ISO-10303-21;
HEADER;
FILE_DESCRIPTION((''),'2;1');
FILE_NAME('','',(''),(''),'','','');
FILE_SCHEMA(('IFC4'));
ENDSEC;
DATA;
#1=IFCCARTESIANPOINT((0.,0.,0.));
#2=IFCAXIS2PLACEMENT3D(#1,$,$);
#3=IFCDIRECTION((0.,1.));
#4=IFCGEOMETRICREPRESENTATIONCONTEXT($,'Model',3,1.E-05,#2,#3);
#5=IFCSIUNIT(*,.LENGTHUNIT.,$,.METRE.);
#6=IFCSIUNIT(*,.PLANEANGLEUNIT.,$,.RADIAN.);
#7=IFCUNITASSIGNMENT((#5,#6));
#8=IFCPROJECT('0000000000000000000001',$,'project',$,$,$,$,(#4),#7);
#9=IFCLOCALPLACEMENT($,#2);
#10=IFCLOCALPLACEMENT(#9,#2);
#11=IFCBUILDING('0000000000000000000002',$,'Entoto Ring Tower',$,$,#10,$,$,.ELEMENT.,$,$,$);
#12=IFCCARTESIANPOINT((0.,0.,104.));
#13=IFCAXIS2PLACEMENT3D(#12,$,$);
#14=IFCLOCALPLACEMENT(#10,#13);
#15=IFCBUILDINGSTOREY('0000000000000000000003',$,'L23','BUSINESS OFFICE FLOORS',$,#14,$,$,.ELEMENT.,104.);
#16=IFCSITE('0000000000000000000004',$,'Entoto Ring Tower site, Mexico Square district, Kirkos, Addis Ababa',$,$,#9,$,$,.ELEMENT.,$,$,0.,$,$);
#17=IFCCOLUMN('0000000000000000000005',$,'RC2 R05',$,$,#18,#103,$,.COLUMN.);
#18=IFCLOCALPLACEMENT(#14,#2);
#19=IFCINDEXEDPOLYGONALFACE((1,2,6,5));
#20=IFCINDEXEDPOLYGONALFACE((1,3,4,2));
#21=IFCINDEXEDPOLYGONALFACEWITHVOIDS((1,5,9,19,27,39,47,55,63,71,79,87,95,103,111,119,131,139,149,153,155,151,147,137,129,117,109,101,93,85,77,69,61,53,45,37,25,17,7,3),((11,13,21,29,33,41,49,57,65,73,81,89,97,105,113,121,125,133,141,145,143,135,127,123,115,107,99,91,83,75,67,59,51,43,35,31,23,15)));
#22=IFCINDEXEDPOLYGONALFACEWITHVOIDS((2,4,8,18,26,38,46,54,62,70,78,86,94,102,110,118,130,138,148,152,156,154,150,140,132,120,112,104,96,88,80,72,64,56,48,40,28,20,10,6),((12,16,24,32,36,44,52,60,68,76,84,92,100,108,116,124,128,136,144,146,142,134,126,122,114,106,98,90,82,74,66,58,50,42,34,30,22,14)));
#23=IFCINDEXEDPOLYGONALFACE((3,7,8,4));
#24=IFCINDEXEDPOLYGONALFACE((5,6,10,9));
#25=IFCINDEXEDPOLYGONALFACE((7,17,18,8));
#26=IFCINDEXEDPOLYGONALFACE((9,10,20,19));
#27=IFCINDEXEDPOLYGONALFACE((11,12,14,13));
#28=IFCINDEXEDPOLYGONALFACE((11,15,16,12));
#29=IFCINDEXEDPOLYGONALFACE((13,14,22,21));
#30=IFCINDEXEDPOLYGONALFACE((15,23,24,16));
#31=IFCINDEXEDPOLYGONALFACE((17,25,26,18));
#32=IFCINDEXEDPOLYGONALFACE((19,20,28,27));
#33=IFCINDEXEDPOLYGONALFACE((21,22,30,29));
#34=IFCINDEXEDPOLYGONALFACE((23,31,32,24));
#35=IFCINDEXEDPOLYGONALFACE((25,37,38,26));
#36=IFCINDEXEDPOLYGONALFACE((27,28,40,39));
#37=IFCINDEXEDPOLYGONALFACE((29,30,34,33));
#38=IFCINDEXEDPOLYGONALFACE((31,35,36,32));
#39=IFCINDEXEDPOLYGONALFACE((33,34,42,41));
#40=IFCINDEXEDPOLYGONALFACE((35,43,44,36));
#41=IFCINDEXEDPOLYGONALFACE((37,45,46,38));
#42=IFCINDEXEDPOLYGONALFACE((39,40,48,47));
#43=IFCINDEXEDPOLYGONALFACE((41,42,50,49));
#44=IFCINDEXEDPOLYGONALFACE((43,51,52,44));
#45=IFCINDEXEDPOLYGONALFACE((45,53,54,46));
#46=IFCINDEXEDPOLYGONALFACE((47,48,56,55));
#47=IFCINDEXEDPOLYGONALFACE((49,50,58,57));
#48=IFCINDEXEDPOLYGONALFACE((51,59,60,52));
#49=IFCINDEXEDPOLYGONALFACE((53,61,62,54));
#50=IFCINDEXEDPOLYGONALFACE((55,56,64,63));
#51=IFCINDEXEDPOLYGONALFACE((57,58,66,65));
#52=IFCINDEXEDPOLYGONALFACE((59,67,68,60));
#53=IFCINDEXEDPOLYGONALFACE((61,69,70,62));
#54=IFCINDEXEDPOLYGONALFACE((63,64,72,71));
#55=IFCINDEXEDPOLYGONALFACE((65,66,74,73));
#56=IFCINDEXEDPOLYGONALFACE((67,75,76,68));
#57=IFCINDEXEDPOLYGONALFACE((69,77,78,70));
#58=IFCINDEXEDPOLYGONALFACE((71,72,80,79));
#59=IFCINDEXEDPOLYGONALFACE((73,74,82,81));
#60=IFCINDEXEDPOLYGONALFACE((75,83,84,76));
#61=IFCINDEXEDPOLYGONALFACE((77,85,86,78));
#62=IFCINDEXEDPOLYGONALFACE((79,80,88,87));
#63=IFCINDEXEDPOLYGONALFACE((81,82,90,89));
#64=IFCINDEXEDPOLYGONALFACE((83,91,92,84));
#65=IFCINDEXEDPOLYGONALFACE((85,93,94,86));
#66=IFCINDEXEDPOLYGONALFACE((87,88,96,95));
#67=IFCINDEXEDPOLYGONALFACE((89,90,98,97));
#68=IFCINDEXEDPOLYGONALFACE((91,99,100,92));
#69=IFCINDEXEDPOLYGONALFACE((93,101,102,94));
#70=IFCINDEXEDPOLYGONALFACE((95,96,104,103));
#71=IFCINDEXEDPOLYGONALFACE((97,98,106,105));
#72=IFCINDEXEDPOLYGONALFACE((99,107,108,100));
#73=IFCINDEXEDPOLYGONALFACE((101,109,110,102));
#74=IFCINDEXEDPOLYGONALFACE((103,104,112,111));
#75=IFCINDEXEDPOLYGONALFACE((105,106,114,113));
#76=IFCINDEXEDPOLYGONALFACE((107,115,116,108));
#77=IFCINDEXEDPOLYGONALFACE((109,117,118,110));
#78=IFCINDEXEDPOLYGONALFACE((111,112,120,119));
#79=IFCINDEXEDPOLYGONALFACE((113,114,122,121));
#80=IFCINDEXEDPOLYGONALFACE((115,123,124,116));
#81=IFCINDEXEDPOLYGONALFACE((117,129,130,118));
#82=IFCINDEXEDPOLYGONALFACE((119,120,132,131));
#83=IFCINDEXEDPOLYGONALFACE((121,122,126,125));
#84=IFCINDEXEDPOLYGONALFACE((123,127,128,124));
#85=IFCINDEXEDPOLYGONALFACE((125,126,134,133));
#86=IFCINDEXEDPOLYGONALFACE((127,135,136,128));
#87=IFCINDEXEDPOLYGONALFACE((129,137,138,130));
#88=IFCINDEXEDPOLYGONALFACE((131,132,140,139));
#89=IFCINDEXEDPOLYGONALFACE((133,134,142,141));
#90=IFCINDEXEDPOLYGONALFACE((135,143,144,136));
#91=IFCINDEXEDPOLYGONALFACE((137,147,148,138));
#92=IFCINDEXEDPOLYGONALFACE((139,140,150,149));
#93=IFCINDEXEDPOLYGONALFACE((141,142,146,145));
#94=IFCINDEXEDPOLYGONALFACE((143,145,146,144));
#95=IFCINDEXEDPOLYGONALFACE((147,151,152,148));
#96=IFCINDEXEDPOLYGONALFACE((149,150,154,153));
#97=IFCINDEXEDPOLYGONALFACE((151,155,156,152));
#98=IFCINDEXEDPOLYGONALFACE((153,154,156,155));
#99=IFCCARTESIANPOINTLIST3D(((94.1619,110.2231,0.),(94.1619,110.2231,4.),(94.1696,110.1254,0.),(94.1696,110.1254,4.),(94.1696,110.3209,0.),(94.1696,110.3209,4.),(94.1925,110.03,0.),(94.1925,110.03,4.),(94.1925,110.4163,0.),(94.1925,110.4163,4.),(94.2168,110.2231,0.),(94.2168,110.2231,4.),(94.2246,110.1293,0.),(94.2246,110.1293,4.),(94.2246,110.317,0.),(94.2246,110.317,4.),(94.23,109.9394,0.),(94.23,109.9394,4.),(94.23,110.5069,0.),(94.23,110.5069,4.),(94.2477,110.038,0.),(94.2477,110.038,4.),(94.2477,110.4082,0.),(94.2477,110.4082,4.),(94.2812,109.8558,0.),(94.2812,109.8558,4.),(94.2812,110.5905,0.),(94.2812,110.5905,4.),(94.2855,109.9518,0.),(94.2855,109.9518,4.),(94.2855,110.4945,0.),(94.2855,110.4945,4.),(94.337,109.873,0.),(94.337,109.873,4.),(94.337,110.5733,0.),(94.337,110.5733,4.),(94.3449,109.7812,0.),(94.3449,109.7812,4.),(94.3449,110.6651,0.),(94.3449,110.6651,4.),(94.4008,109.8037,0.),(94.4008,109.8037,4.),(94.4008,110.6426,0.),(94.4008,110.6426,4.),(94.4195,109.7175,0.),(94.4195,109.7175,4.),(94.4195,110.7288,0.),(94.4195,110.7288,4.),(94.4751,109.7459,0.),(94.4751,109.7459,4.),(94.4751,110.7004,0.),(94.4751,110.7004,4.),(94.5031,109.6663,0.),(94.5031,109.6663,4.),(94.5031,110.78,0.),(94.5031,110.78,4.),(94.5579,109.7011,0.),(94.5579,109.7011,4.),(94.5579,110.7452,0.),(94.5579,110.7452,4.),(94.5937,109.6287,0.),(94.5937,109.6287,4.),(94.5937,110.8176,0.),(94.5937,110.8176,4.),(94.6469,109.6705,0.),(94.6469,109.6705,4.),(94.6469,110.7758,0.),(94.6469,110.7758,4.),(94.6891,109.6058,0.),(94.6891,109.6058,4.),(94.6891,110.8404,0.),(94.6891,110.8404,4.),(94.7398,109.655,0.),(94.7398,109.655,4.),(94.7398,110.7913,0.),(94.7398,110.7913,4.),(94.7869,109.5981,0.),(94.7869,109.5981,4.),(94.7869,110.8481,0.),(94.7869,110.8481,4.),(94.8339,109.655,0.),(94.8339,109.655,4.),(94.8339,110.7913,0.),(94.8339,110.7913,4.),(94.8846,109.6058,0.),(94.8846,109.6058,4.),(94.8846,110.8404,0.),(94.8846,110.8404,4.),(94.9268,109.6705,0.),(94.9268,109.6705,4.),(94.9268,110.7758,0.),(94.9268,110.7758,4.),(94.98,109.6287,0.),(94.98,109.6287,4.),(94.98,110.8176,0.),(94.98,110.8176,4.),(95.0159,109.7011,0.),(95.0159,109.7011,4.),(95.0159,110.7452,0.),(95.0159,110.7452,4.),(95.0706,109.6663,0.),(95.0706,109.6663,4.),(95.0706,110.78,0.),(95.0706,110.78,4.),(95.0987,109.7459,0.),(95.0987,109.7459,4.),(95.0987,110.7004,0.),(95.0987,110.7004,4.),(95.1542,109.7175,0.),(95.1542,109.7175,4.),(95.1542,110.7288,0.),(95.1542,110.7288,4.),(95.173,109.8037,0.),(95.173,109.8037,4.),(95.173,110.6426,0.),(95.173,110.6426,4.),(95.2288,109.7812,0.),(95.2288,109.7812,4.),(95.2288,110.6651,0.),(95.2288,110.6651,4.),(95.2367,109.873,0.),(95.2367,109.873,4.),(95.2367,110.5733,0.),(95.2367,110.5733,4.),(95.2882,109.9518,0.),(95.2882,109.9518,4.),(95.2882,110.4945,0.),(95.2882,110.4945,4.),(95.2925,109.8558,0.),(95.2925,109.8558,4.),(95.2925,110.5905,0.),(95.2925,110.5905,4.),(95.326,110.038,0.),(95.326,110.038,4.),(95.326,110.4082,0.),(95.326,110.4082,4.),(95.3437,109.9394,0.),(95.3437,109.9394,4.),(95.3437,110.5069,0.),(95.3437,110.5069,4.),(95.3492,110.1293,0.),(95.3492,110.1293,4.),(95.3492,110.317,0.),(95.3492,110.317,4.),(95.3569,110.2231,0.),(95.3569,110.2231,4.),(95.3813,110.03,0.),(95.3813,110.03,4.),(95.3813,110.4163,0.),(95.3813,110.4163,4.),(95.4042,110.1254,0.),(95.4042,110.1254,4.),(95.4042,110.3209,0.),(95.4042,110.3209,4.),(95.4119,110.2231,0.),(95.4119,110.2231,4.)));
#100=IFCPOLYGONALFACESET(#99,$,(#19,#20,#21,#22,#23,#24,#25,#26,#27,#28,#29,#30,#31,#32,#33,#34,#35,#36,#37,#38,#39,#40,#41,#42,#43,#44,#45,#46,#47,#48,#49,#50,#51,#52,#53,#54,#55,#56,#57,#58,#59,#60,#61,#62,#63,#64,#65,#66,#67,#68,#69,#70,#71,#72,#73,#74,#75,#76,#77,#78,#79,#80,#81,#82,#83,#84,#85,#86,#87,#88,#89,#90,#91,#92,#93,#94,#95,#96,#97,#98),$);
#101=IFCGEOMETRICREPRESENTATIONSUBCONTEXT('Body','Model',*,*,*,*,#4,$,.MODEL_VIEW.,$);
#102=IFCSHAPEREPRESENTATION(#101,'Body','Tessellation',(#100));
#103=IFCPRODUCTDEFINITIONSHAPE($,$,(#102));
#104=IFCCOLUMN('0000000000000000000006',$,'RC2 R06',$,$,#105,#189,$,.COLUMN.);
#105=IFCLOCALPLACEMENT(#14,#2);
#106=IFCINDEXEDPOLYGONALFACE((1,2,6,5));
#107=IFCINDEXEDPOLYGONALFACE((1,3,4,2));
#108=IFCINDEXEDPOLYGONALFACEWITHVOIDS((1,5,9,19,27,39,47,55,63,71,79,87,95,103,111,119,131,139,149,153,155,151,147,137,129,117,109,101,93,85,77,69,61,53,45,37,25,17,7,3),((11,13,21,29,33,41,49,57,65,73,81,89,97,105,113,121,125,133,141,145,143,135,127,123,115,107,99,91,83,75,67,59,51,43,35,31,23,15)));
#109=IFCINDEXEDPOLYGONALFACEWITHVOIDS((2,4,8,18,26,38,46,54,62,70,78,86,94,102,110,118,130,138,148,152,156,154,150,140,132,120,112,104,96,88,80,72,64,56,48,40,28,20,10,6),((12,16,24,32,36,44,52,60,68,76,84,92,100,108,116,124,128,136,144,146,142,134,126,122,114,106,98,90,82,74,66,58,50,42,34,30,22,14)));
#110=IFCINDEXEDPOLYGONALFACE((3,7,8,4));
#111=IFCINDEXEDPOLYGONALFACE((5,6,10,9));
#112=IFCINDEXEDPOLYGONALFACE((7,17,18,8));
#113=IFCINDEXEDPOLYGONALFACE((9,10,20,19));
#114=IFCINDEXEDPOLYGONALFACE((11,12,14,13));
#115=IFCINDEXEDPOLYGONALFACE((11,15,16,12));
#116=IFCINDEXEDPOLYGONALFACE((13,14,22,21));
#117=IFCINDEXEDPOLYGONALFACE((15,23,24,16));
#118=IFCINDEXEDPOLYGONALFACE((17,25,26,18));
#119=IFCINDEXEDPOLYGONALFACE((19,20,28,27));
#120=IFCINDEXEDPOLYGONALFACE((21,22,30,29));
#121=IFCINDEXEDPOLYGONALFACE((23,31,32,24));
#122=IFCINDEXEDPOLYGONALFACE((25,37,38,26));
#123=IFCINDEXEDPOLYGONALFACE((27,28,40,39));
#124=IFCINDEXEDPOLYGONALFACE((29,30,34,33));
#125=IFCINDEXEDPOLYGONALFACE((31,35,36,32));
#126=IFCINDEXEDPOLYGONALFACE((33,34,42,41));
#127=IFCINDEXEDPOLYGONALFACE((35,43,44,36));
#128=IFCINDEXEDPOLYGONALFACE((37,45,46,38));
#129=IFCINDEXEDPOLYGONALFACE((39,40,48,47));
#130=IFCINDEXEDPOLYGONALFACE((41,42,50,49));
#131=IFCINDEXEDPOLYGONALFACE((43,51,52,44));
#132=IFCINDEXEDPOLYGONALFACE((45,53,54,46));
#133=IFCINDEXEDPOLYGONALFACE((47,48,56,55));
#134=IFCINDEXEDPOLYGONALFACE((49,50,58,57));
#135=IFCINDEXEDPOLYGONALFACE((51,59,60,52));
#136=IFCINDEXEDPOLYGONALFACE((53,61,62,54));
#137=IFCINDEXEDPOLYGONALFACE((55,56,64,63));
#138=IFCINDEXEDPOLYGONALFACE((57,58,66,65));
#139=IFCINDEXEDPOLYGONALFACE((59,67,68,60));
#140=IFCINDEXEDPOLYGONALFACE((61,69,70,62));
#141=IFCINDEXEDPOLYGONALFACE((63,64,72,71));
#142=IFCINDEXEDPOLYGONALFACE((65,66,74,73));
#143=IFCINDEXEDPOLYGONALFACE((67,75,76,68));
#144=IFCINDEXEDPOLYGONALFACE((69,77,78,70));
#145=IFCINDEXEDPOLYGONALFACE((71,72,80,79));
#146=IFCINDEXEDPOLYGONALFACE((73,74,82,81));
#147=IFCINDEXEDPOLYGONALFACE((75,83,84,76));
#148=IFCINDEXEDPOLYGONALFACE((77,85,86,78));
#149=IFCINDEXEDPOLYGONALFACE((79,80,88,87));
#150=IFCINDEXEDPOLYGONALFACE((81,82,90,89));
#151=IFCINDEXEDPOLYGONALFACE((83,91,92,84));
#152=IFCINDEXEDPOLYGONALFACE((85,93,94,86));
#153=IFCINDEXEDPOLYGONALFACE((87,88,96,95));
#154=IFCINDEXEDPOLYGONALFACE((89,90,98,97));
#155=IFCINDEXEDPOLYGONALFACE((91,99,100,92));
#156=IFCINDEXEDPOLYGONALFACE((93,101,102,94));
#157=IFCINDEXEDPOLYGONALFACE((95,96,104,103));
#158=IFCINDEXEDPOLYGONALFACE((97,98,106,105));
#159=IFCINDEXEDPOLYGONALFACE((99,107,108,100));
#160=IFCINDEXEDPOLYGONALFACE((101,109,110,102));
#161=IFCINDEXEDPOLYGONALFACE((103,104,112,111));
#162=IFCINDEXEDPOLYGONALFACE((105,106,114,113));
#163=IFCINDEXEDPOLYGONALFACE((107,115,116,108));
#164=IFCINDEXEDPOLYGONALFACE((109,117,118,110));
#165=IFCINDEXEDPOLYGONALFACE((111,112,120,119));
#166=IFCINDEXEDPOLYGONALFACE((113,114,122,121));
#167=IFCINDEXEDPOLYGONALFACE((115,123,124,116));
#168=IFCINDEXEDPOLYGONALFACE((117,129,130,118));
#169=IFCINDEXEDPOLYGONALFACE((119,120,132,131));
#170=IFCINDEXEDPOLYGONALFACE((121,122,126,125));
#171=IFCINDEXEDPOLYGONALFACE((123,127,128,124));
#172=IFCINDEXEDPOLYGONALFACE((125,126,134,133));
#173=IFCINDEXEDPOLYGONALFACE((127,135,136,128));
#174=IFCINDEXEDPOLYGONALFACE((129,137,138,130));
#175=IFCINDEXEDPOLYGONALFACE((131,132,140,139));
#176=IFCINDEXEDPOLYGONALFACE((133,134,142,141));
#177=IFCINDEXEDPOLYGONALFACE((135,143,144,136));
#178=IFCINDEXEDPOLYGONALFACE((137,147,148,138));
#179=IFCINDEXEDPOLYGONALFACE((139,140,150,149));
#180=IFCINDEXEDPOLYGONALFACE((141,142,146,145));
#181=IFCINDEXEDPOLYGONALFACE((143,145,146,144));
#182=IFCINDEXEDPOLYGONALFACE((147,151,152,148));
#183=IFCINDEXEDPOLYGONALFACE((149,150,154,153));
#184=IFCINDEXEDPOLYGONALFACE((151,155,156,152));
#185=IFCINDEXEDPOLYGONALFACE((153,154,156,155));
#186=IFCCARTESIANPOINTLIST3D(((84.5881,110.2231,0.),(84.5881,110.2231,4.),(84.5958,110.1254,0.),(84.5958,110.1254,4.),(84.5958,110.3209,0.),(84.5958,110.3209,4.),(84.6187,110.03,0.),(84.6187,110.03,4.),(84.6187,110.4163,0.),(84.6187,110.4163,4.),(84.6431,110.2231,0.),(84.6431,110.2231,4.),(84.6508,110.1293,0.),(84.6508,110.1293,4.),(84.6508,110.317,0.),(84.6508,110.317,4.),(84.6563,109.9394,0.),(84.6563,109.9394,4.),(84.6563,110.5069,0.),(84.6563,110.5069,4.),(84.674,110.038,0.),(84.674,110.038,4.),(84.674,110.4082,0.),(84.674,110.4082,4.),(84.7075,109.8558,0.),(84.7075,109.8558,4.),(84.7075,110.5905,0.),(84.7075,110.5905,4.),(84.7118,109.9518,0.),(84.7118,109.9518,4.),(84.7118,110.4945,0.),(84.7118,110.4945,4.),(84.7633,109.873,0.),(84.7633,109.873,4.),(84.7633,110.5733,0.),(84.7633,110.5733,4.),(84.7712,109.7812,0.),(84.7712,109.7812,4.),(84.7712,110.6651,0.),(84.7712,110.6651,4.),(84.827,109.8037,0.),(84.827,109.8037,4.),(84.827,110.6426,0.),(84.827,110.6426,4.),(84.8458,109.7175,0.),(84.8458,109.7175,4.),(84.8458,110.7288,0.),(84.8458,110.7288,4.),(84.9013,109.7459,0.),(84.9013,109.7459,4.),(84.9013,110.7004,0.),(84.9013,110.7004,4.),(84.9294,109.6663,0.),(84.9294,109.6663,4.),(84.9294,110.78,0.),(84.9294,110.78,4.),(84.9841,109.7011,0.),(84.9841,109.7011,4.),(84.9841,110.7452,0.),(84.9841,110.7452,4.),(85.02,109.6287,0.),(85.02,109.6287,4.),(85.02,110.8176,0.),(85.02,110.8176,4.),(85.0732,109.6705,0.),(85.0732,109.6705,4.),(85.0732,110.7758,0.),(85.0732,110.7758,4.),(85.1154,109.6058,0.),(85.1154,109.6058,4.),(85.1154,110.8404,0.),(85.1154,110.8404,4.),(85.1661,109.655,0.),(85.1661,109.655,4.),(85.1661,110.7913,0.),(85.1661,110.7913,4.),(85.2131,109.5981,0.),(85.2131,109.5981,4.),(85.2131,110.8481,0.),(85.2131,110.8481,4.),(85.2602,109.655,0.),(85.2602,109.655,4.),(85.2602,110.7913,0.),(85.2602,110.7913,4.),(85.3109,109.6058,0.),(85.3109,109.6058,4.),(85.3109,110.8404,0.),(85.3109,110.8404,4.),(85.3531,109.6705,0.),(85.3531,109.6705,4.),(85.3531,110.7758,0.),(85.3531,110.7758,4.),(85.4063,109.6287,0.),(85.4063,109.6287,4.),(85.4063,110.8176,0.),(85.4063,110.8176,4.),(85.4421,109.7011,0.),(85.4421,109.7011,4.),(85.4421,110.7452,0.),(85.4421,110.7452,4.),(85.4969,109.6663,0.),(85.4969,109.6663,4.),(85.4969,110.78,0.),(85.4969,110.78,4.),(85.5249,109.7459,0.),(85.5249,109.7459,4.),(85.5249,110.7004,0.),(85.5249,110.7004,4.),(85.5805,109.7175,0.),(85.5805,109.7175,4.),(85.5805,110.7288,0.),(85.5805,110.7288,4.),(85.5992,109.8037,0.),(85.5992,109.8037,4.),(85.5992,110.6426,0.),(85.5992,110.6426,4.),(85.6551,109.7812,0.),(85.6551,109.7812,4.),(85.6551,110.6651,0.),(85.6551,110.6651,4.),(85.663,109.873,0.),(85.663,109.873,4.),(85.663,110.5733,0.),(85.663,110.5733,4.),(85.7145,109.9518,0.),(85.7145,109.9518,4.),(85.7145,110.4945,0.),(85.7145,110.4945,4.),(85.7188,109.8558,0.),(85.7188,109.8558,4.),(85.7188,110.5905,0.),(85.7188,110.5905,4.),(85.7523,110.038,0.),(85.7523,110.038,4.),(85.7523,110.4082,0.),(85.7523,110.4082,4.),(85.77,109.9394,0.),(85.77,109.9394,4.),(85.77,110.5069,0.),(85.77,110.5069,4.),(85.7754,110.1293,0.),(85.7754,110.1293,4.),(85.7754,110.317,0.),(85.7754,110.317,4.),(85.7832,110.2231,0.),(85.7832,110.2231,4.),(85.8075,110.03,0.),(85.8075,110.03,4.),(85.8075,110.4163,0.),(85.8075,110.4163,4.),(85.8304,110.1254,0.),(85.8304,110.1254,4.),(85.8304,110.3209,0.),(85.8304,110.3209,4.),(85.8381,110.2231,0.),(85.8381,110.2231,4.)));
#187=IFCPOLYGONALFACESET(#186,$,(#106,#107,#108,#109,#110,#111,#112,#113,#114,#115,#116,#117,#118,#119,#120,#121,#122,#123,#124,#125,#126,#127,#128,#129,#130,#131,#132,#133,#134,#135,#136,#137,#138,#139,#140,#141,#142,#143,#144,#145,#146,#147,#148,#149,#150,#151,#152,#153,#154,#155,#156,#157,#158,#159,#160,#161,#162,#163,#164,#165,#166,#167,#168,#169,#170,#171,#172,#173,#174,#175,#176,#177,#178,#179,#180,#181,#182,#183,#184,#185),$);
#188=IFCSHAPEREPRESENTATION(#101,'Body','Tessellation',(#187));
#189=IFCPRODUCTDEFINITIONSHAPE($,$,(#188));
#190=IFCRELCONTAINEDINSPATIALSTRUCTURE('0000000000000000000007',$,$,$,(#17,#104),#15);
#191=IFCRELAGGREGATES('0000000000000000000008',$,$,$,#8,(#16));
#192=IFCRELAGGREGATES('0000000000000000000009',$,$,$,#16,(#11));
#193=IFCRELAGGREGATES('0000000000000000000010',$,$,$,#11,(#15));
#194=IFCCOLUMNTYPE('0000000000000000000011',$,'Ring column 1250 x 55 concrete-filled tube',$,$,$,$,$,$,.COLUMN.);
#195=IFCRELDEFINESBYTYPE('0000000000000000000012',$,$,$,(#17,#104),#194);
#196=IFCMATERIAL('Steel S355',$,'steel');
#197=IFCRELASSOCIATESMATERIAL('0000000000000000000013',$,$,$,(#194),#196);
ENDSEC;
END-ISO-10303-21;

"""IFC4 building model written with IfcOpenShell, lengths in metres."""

from ifc_helpers import new_model, si_unit, direction, frame, origin, origin_2d, place, context, subcontext, project, spatial, circle, hollow_circle, extrude, material, material_profile, profile_set, type_object, element, save


model = new_model("IFC4")

# Units and contexts
model_context = context("Model", 3, precision=1e-05, world=origin(), true_north=direction((0.0, 1.0)))
body_context = subcontext(model_context, "Body", "Model", "MODEL_VIEW")
ifc_project = project(units=[si_unit("LENGTHUNIT", "METRE"), si_unit("PLANEANGLEUNIT", "RADIAN")], contexts=[model_context])

# Site, building, storey
site_placement = place(None, origin())
site = spatial("IfcSite", under=ifc_project, at=site_placement, Name="Entoto Ring Tower site, Mexico Square district, Kirkos, Addis Ababa", CompositionType="ELEMENT", RefElevation=0.0)
building_placement = place(site_placement, origin())
building = spatial("IfcBuilding", under=site, at=building_placement, Name="Entoto Ring Tower", CompositionType="ELEMENT")
storey_placement = place(building_placement, frame((0.0, 0.0, 104.0)))
storey = spatial("IfcBuildingStorey", under=building, at=storey_placement, Name="L23", Description="BUSINESS OFFICE FLOORS", CompositionType="ELEMENT", Elevation=104.0)

# Columns
ifc_material_1 = material(Name="Steel S355", Category="steel")
ifc_material_profile_1 = material_profile(ifc_material_1, hollow_circle(Radius=0.625, WallThickness=0.0549, at=origin_2d()), Name="CHS 1250 x 55")
ifc_material_2 = material(Name="Concrete C60/75", Category="concrete")
ifc_material_profile_2 = material_profile(ifc_material_2, circle(Radius=0.5701, at=origin_2d()), Name="Concrete C60/75 infill")
ifc_profile_set_1 = profile_set([ifc_material_profile_1, ifc_material_profile_2], Name="Steel S355")
column_type = type_object("IfcColumnType", Name="Ring column 1250 x 55 concrete-filled tube", PredefinedType="COLUMN", material=ifc_profile_set_1)
for number, where, z_axis, x_axis, name in (
    (1, (94.7869, 110.2231, 0.0), (0.0, 0.0, 1.0), (1.0, 0.0, 0.0), "RC2 R05"),
    (2, (85.2131, 110.2231, 0.0), (0.0, 0.0, 1.0), (1.0, 0.0, 0.0), "RC2 R06"),
):
    element("IfcColumn", number, at=place(storey_placement, frame(where, z_axis=z_axis, x_axis=x_axis)), inside=storey, type_object=column_type, Name=name, PredefinedType="COLUMN", context=body_context, shape_type="SweptSolid", body=[
        extrude(hollow_circle(Radius=0.625, WallThickness=0.0549, at=origin_2d()), origin(), (0.0, 0.0, 1.0), 4.0),
    ])

save(model, "model.ifc")
